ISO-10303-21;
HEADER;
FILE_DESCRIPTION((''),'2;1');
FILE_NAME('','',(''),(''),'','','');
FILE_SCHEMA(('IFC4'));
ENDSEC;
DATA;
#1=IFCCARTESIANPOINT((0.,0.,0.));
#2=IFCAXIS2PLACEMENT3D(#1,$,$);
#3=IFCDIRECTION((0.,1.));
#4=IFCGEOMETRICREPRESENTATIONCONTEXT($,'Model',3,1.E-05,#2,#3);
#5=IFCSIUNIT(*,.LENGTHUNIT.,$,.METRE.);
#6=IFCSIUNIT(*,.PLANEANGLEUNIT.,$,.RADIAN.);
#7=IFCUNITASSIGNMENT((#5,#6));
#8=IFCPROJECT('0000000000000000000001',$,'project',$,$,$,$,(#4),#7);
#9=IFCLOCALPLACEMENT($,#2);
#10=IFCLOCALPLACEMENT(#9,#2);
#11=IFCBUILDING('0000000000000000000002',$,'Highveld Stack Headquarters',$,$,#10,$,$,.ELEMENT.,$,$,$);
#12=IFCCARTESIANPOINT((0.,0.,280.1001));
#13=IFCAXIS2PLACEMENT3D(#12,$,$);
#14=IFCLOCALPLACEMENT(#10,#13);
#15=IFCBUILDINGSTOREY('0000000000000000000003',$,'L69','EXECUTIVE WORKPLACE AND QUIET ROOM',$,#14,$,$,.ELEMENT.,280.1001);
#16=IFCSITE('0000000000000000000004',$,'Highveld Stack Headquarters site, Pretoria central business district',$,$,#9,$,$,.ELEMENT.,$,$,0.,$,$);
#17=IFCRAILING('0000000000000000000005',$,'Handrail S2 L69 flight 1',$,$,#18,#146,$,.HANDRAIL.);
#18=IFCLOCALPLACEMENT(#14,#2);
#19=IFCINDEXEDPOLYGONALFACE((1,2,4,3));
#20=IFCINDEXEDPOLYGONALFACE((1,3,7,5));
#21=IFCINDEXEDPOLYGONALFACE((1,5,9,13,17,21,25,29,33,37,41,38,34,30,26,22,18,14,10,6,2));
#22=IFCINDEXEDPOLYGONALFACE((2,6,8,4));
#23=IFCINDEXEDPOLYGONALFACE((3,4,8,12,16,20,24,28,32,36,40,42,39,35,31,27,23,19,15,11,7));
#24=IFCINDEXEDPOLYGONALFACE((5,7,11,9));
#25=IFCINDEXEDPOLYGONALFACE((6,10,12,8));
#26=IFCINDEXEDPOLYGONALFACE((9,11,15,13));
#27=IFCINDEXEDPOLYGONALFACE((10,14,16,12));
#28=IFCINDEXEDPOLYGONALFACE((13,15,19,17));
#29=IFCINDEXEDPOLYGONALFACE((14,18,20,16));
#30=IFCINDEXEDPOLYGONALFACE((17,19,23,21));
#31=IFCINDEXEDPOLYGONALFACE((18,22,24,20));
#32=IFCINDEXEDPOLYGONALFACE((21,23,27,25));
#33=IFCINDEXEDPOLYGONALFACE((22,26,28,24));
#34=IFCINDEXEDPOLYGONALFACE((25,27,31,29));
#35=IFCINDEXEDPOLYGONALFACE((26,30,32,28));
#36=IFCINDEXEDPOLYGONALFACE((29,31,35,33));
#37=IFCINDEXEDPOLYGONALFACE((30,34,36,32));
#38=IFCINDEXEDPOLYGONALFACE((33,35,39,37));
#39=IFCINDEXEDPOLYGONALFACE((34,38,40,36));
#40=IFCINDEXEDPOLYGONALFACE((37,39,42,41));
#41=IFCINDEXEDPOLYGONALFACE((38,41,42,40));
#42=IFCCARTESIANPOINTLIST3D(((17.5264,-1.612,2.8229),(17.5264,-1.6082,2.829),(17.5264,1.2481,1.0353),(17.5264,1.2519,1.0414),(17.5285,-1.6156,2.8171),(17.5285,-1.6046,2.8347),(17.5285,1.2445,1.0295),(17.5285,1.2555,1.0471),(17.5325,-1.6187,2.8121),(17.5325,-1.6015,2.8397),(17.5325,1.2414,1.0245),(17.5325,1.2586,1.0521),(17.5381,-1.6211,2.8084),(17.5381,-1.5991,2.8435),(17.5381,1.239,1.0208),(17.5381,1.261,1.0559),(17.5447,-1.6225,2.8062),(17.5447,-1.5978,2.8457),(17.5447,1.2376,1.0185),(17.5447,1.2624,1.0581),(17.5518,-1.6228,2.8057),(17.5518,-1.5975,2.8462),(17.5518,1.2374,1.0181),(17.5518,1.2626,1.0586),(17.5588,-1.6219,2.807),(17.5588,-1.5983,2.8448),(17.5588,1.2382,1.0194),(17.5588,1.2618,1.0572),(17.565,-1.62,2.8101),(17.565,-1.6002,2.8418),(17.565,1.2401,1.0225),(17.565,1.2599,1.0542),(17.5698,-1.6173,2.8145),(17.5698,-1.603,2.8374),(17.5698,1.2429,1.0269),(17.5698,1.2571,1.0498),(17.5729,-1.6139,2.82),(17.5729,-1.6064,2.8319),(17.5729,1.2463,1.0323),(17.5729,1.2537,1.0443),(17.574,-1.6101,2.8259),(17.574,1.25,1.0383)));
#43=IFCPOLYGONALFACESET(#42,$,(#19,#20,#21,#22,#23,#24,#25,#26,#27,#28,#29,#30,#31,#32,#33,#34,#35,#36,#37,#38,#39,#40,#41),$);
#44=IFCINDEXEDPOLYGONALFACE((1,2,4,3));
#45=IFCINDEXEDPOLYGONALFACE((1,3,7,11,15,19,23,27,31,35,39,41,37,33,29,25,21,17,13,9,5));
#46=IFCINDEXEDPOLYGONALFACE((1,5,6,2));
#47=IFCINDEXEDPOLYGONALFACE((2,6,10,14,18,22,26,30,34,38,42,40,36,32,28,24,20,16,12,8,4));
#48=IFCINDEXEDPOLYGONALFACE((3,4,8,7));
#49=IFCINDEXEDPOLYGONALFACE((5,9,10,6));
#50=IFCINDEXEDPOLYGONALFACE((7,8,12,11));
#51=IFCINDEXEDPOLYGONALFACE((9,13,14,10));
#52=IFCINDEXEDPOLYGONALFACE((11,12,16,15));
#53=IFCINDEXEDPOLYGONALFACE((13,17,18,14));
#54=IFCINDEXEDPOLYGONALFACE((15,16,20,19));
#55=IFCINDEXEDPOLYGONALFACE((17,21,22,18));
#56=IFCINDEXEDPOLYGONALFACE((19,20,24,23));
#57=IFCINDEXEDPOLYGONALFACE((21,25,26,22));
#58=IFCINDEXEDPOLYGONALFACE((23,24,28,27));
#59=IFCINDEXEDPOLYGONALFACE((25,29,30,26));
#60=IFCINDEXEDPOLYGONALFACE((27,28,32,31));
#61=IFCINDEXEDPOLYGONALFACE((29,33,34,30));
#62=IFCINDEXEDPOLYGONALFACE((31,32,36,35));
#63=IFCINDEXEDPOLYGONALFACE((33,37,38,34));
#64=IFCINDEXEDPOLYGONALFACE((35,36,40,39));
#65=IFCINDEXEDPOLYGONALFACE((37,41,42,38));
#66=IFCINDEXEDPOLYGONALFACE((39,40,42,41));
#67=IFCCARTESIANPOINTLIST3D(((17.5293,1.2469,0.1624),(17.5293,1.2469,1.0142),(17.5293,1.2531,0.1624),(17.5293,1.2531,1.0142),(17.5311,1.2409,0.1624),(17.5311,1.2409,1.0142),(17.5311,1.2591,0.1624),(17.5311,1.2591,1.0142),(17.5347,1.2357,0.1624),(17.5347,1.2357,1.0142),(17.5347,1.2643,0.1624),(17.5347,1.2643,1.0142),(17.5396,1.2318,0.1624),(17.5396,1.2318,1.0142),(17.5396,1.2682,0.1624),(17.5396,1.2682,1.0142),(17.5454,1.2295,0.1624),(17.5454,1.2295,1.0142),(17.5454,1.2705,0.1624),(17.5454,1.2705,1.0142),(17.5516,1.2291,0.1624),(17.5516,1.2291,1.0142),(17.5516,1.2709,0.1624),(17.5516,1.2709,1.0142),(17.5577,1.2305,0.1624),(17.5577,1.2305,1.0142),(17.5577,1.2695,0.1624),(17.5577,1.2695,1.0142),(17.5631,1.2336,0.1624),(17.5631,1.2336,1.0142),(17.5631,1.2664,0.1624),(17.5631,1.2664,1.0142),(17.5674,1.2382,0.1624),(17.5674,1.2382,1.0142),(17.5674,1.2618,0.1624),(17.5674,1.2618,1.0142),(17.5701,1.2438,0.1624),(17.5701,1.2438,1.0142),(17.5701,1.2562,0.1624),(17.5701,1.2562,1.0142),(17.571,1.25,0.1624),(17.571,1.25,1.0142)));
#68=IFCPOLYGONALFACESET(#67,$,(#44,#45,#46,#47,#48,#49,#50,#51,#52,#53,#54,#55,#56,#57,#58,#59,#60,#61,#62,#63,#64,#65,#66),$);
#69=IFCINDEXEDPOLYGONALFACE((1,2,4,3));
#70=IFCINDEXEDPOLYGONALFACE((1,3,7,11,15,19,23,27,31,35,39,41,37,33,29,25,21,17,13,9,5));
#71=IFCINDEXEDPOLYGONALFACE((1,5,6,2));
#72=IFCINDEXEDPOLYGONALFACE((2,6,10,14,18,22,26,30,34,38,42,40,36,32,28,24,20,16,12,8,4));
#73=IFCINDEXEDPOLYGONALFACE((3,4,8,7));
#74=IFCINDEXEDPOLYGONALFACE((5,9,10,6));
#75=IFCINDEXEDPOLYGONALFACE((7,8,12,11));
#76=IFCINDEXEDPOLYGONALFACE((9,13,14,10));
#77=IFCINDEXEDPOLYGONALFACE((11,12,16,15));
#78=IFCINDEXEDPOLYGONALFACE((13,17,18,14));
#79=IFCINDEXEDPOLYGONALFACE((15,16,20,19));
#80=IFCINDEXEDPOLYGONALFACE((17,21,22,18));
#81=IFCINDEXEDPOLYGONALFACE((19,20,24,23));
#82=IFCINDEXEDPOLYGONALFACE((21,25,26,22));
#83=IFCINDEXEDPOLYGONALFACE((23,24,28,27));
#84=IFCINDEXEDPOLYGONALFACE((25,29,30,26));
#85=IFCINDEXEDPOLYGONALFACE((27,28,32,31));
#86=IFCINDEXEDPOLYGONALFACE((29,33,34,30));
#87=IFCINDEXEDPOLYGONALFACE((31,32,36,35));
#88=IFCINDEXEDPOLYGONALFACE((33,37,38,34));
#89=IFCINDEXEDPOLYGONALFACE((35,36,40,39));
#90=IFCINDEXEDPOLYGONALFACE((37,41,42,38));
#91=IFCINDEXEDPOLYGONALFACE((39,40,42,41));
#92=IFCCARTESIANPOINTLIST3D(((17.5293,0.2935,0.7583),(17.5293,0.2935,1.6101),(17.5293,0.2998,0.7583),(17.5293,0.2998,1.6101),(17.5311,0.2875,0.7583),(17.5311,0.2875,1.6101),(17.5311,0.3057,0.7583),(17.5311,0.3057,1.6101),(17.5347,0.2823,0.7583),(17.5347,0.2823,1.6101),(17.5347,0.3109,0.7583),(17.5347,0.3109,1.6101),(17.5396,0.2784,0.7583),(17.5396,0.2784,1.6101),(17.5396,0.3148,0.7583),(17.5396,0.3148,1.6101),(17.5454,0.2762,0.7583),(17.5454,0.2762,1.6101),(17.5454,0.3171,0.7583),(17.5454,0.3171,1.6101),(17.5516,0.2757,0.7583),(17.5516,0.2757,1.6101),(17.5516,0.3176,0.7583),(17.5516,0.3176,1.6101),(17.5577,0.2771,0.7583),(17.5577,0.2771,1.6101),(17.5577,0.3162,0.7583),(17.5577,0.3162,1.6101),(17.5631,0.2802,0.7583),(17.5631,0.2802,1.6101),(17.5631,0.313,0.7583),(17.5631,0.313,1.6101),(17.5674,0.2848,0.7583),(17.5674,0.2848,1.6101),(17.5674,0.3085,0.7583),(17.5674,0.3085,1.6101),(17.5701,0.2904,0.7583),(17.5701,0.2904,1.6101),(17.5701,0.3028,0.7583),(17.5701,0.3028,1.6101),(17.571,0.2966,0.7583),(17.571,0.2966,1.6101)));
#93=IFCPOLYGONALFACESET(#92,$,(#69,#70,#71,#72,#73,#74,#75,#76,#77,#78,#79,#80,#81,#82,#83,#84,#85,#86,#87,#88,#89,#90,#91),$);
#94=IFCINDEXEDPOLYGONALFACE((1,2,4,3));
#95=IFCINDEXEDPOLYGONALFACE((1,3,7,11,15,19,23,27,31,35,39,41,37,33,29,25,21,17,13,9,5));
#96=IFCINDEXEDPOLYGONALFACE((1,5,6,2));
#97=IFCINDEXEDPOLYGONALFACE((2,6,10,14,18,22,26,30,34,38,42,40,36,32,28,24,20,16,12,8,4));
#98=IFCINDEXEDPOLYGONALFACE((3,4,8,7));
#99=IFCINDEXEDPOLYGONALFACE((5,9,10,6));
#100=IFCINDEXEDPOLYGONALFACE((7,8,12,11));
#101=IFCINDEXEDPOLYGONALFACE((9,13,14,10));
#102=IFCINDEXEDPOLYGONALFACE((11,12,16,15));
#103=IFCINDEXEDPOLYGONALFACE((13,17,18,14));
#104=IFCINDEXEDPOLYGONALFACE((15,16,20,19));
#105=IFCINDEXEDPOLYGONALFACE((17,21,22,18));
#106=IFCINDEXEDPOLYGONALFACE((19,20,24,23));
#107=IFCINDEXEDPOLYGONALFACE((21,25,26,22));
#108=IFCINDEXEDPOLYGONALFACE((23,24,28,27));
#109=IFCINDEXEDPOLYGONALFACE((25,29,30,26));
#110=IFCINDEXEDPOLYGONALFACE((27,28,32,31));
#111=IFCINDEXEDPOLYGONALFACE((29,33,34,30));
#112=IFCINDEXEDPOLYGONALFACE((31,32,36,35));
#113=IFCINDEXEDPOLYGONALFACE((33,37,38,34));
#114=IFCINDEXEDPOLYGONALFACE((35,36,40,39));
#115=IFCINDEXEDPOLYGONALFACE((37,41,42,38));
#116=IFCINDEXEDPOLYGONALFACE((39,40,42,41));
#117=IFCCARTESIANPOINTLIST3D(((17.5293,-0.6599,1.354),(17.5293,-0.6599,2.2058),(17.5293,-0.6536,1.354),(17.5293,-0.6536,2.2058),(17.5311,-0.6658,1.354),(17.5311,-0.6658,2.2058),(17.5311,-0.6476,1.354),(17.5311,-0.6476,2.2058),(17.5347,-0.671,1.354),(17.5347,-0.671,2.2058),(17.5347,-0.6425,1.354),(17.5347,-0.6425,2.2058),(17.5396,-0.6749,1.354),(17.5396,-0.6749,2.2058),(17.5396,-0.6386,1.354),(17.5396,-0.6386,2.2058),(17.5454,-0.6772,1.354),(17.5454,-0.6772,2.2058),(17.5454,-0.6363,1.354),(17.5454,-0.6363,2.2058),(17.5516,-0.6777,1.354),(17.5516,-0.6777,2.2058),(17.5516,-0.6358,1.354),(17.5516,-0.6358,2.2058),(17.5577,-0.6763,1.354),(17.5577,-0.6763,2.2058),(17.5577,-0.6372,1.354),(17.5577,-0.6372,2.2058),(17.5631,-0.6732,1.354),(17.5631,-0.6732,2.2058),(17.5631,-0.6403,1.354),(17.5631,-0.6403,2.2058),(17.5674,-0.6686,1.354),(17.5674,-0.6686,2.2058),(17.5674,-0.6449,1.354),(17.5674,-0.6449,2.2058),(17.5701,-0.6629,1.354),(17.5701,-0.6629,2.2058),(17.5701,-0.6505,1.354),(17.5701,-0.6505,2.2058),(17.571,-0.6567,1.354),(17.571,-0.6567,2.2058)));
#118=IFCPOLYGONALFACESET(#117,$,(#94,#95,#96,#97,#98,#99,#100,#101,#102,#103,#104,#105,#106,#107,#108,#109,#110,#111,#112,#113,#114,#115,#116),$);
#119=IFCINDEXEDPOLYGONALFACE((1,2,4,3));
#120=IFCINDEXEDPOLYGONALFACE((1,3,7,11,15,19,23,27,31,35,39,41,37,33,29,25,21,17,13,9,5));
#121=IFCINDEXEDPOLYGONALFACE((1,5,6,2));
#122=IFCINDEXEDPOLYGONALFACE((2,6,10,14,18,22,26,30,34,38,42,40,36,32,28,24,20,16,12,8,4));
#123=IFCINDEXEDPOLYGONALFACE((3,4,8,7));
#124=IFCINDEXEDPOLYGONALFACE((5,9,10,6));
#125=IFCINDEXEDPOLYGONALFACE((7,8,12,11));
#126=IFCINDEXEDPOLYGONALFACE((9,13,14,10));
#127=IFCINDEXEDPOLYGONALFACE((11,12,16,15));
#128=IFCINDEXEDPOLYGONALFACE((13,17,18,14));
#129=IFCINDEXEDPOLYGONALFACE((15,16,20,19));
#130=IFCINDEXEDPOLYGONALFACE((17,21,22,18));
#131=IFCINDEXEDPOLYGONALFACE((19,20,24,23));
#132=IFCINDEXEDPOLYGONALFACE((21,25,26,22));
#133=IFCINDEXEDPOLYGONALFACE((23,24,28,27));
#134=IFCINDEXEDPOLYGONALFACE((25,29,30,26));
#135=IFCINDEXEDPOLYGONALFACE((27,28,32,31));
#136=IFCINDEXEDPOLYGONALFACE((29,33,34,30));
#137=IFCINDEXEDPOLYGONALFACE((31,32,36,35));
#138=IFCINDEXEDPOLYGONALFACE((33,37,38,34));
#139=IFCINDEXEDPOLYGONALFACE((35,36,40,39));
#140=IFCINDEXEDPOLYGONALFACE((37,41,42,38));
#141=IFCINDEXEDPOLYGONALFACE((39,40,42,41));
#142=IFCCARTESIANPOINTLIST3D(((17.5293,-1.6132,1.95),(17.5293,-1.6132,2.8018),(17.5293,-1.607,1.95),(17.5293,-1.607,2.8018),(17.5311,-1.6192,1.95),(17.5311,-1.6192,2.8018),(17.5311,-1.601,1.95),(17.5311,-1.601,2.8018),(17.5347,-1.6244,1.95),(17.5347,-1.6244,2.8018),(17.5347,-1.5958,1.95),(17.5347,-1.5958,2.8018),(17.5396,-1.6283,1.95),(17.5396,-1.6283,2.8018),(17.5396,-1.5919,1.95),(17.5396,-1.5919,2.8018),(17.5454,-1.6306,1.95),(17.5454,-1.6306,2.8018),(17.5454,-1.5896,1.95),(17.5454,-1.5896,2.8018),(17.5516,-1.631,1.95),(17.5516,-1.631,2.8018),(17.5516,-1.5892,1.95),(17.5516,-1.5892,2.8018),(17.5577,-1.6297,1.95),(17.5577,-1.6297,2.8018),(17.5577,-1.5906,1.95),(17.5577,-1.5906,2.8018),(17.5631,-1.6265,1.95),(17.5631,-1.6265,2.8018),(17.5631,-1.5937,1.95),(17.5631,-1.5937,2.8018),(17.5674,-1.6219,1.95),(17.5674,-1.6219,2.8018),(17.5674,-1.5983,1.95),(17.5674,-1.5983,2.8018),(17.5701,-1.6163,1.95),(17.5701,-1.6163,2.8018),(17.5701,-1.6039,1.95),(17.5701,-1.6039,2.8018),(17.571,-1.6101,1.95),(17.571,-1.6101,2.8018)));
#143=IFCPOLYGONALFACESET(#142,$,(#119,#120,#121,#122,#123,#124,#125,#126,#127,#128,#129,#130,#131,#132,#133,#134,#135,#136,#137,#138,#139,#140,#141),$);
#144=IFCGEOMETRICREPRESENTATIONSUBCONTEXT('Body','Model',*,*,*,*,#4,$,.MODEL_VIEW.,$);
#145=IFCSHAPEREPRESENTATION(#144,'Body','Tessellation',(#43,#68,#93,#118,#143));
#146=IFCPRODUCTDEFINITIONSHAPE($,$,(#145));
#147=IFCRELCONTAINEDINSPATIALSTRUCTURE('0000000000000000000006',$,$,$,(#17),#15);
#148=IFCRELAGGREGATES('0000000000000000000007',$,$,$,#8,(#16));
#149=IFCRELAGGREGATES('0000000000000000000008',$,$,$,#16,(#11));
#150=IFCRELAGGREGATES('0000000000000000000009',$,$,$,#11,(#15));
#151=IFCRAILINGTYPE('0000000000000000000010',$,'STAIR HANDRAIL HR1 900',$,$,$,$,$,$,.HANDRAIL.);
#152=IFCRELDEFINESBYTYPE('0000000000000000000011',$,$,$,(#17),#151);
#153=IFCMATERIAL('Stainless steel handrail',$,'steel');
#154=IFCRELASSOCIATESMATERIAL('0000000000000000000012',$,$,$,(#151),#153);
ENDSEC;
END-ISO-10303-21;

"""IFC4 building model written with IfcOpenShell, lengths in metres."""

from ifc_helpers import new_model, si_unit, direction, frame, origin, origin_2d, place, context, subcontext, project, spatial, circle, extrude, material, type_object, element, save


model = new_model("IFC4")

# Units and contexts
model_context = context("Model", 3, precision=1e-05, world=origin(), true_north=direction((0.0, 1.0)))
body_context = subcontext(model_context, "Body", "Model", "MODEL_VIEW")
ifc_project = project(units=[si_unit("LENGTHUNIT", "METRE"), si_unit("PLANEANGLEUNIT", "RADIAN")], contexts=[model_context])

# Site, building, storey
site_placement = place(None, origin())
site = spatial("IfcSite", under=ifc_project, at=site_placement, Name="Highveld Stack Headquarters site, Pretoria central business district", CompositionType="ELEMENT", RefElevation=0.0)
building_placement = place(site_placement, origin())
building = spatial("IfcBuilding", under=site, at=building_placement, Name="Highveld Stack Headquarters", CompositionType="ELEMENT")
storey_placement = place(building_placement, frame((0.0, 0.0, 280.1001)))
storey = spatial("IfcBuildingStorey", under=building, at=storey_placement, Name="L69", Description="EXECUTIVE WORKPLACE AND QUIET ROOM", CompositionType="ELEMENT", Elevation=280.1001)

# Railing
ifc_material_1 = material(Name="Stainless steel handrail", Category="steel")
railing_type = type_object("IfcRailingType", Name="STAIR HANDRAIL HR1 900", PredefinedType="HANDRAIL", material=ifc_material_1)
for number, where, name in (
    (1, (17.55, 1.25, 0.1624), "Handrail S2 L69 flight 1"),
):
    element("IfcRailing", number, at=place(storey_placement, frame(where)), inside=storey, type_object=railing_type, Name=name, PredefinedType="HANDRAIL", context=body_context, shape_type="SweptSolid", body=[
        extrude(circle(Radius=0.0239, at=origin_2d()), frame((0.0, 0.0, 0.876), z_axis=(0.0, -0.847994, 0.530005), x_axis=(1.0, 0.0, 0.0)), (0.0, 0.0, 1.0), 3.3728),
        extrude(circle(Radius=0.021, at=origin_2d()), origin(), (0.0, 0.0, 1.0), 0.8518),
        extrude(circle(Radius=0.021, at=origin_2d()), frame((0.0, -0.9534, 0.5959)), (0.0, 0.0, 1.0), 0.8518),
        extrude(circle(Radius=0.021, at=origin_2d()), frame((0.0, -1.9067, 1.1917)), (0.0, 0.0, 1.0), 0.8518),
        extrude(circle(Radius=0.021, at=origin_2d()), frame((0.0, -2.8601, 1.7876)), (0.0, 0.0, 1.0), 0.8518),
    ])

save(model, "model.ifc")
